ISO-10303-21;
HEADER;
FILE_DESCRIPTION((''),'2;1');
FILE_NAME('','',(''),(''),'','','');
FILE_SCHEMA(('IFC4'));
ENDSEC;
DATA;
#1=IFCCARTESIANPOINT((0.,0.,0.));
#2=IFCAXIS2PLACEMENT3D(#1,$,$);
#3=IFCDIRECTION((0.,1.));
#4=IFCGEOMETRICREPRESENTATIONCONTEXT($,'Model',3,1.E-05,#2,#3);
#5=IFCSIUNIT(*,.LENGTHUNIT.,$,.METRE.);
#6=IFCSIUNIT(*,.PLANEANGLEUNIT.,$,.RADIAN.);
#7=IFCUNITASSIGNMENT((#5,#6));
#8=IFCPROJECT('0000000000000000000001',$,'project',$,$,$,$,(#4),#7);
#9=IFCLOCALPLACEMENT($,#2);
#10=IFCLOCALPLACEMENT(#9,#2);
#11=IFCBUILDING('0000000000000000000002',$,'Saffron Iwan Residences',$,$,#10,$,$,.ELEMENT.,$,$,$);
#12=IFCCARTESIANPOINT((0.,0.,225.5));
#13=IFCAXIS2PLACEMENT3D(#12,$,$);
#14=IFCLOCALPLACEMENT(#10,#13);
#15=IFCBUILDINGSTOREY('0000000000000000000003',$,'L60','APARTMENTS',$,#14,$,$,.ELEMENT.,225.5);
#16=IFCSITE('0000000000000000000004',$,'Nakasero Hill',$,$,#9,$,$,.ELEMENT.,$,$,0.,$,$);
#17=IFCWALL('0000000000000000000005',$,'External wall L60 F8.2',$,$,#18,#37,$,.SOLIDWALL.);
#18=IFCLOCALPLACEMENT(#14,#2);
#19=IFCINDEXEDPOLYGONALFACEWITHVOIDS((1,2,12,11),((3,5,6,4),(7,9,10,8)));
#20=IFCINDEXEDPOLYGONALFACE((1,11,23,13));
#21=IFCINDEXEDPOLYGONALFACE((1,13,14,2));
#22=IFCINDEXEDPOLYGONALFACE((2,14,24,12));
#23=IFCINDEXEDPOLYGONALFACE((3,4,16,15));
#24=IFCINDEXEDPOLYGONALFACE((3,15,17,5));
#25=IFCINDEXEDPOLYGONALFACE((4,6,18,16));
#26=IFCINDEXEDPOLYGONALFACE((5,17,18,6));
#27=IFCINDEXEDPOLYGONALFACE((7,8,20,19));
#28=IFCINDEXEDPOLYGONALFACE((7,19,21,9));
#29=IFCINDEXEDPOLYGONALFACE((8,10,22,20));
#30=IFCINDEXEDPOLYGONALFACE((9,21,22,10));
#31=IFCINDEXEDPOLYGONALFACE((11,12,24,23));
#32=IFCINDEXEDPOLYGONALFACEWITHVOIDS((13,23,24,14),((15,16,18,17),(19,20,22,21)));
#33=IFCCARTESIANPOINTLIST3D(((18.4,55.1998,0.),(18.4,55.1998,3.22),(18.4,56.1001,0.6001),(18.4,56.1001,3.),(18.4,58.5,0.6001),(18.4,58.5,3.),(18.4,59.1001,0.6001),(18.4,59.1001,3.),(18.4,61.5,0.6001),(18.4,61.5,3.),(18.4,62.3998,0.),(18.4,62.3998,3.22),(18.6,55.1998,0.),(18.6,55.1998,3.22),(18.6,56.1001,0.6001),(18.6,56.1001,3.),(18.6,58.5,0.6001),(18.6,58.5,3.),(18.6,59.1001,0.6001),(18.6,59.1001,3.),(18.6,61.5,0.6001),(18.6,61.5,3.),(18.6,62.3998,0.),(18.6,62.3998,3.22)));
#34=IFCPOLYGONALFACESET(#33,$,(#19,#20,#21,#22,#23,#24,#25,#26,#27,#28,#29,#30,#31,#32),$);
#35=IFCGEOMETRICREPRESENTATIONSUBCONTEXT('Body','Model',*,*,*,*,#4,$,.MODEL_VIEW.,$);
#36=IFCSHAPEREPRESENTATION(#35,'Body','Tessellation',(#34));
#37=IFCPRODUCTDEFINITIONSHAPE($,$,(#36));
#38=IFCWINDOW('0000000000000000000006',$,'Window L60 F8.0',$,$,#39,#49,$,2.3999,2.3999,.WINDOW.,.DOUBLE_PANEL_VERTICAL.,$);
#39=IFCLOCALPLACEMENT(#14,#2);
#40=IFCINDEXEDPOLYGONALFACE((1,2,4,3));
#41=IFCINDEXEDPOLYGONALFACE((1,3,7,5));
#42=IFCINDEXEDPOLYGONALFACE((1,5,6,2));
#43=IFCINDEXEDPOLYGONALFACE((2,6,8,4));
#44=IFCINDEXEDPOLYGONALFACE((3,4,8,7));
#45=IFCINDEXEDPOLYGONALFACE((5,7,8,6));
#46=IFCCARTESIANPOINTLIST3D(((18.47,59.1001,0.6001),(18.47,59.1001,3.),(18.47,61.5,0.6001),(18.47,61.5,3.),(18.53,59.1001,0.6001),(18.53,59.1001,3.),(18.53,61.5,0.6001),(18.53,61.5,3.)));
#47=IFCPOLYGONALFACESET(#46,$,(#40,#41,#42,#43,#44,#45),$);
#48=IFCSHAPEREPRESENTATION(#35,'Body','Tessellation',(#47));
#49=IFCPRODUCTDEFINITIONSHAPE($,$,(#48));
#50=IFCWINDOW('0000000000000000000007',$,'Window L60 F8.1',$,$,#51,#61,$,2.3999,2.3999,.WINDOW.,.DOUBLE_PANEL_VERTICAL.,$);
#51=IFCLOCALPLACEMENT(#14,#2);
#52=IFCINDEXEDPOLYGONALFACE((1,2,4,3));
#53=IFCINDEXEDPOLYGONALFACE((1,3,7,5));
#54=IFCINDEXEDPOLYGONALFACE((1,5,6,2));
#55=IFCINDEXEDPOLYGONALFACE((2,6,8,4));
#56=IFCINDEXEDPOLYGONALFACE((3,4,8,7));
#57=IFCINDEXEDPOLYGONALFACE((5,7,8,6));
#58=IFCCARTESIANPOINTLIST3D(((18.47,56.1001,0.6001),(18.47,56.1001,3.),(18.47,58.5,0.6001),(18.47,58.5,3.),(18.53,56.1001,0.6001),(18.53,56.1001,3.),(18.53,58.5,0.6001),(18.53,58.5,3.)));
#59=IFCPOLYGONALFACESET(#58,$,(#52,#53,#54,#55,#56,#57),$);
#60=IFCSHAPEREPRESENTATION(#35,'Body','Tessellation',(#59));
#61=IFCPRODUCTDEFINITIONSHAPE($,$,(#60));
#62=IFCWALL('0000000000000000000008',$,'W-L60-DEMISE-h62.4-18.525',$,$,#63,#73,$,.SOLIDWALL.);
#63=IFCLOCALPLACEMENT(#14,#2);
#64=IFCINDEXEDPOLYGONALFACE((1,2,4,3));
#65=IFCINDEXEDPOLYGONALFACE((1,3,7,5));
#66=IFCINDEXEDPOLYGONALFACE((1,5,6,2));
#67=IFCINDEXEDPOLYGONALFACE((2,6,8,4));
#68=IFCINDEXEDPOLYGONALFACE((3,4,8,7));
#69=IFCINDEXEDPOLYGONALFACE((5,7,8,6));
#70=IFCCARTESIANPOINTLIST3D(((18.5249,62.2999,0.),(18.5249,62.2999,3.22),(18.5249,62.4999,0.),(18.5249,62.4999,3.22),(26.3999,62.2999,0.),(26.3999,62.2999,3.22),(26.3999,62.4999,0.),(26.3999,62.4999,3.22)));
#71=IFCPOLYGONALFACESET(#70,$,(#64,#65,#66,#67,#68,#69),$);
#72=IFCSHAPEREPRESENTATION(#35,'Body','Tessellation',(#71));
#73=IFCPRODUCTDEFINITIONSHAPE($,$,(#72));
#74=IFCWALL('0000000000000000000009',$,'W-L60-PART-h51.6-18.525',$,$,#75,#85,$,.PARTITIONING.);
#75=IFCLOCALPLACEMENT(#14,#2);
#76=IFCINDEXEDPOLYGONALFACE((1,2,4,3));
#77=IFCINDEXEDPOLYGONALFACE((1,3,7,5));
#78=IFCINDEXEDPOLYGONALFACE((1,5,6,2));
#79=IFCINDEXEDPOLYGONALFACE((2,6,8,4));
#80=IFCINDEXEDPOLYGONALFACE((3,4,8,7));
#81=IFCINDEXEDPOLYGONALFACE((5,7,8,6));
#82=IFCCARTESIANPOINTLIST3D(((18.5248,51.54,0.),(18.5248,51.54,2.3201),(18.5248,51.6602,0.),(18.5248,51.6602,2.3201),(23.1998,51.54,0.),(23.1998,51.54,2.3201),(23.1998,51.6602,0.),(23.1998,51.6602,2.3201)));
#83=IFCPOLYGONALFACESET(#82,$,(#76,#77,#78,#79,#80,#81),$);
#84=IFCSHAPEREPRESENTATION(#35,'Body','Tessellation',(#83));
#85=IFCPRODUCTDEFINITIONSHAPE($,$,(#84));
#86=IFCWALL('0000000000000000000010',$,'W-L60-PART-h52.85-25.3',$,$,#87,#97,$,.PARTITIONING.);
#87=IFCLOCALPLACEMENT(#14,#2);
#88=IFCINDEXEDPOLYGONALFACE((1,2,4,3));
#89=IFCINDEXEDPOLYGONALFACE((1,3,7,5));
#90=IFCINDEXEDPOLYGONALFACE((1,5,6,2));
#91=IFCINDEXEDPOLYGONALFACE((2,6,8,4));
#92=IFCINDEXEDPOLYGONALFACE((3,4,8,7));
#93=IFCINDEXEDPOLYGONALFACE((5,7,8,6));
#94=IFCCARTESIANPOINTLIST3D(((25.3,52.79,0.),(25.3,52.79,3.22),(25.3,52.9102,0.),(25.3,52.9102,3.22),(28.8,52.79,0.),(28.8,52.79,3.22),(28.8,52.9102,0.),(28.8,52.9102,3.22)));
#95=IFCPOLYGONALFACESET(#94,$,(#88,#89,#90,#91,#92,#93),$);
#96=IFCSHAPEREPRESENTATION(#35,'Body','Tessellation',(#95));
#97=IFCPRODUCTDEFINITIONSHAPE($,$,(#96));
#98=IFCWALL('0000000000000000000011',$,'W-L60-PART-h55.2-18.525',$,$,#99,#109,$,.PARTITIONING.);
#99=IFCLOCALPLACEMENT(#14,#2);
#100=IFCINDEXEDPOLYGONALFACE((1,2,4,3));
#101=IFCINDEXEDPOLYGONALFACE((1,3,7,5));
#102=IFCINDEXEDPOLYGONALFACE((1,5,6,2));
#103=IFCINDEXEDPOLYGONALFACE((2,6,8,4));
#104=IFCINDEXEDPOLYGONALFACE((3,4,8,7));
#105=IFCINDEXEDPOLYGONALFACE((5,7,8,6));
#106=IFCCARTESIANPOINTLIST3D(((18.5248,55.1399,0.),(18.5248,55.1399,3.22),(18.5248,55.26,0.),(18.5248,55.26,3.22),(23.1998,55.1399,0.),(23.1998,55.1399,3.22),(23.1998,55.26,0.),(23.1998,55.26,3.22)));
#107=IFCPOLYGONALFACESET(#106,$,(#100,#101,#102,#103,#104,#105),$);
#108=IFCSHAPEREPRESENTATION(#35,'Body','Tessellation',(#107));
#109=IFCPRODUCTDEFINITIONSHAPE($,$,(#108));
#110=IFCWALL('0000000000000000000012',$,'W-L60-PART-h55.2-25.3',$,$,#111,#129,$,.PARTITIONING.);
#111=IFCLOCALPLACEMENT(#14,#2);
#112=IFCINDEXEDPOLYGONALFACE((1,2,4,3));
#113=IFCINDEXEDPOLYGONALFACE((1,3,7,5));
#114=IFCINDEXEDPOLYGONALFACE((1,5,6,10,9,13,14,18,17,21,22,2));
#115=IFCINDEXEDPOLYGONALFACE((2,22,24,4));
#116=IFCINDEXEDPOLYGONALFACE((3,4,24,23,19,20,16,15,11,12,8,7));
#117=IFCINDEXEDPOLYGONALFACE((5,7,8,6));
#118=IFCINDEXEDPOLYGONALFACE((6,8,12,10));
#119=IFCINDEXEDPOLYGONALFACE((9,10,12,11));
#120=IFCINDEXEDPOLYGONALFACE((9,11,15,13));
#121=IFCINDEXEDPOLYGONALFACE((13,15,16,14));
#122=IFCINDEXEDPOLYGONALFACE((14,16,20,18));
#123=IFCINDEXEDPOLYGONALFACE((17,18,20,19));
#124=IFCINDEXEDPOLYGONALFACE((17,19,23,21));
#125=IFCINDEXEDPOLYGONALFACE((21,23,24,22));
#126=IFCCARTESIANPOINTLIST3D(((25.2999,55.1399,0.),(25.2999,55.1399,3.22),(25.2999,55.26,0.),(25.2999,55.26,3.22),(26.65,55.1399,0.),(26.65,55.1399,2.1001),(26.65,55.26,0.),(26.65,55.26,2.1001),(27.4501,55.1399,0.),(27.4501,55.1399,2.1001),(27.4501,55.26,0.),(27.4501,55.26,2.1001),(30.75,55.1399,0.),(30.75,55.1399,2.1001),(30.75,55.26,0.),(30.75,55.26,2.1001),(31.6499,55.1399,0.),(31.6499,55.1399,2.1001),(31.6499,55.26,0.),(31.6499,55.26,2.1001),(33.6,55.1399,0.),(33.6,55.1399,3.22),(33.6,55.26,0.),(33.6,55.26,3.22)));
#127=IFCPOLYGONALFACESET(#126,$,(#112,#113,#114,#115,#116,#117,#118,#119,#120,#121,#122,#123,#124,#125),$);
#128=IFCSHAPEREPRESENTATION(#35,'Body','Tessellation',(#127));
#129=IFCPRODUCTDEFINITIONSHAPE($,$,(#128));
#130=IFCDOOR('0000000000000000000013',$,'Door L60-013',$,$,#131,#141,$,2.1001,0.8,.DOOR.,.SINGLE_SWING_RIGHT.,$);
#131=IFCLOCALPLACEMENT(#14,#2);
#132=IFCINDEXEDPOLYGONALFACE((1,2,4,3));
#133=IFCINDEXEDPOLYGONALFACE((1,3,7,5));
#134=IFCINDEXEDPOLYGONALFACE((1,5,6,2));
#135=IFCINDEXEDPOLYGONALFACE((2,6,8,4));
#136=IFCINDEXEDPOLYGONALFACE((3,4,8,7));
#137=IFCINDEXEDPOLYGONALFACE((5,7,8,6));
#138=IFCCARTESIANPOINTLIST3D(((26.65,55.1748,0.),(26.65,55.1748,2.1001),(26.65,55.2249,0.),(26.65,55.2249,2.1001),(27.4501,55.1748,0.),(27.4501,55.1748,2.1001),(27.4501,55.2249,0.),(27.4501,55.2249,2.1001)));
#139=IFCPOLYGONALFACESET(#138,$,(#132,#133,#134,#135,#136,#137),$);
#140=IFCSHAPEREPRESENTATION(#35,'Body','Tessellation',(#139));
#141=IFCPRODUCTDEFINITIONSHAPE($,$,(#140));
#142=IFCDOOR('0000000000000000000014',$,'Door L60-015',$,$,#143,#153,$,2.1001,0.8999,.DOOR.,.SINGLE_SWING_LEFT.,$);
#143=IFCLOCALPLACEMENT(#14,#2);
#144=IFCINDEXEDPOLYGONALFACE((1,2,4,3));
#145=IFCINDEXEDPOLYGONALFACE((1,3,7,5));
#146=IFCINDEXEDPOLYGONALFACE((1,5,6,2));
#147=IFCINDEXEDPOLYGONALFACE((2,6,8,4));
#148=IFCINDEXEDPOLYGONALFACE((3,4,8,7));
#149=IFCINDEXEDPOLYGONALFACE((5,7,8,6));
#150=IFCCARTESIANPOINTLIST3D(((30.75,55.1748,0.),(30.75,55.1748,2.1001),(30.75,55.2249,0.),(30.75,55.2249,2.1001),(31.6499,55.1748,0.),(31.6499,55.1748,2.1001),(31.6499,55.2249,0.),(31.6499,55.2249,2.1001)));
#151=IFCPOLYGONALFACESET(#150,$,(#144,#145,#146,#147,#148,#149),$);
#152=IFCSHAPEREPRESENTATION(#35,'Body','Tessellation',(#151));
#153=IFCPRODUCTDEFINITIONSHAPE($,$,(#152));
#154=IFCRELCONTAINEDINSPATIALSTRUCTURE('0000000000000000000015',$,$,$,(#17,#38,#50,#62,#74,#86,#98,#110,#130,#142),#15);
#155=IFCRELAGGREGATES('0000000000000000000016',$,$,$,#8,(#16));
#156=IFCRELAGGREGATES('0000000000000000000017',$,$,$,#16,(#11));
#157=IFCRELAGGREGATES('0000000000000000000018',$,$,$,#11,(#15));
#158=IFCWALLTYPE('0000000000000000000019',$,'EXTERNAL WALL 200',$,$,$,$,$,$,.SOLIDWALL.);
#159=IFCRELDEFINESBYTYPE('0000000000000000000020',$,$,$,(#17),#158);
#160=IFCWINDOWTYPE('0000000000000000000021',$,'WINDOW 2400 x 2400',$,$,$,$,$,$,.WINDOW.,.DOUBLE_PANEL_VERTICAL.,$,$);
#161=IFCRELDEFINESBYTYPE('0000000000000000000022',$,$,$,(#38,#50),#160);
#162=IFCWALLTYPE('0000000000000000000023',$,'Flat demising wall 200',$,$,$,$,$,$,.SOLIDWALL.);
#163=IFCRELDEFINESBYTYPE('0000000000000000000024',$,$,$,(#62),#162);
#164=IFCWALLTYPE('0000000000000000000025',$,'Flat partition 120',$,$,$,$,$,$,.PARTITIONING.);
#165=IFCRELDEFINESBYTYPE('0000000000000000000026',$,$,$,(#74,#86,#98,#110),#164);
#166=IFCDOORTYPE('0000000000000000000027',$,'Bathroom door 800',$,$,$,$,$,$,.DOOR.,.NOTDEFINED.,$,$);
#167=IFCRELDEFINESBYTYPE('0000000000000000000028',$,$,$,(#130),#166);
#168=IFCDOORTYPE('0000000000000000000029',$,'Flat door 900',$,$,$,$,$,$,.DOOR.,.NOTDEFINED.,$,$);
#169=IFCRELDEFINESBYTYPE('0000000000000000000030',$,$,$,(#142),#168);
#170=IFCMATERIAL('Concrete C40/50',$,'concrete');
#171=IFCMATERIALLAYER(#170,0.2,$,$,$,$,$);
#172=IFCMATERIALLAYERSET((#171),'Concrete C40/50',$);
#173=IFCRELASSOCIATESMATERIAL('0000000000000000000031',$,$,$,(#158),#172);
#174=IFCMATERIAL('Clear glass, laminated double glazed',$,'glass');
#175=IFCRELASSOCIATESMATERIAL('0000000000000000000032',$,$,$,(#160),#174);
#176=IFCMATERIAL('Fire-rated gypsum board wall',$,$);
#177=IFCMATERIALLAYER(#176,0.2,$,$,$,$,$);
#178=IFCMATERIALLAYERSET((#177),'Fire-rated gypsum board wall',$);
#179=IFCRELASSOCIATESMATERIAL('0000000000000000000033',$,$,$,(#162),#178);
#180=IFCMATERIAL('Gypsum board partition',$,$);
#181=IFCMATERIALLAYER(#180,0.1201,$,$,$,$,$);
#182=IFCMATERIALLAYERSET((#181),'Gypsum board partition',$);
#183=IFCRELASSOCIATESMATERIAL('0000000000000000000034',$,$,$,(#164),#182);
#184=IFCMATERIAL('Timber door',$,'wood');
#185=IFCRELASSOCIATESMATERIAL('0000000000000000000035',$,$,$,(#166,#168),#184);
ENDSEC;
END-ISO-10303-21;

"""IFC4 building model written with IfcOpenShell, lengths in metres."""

from ifc_helpers import new_model, si_unit, direction, frame, frame_2d, origin, place, context, subcontext, project, spatial, rectangle, extrude, material, layer, layer_set, type_object, element, fill, save


model = new_model("IFC4")

# Units and contexts
model_context = context("Model", 3, precision=1e-05, world=origin(), true_north=direction((0.0, 1.0)))
body_context = subcontext(model_context, "Body", "Model", "MODEL_VIEW")
ifc_project = project(units=[si_unit("LENGTHUNIT", "METRE"), si_unit("PLANEANGLEUNIT", "RADIAN")], contexts=[model_context])

# Site, building, storey
site_placement = place(None, origin())
site = spatial("IfcSite", under=ifc_project, at=site_placement, Name="Nakasero Hill", CompositionType="ELEMENT", RefElevation=0.0)
building_placement = place(site_placement, origin())
building = spatial("IfcBuilding", under=site, at=building_placement, Name="Saffron Iwan Residences", CompositionType="ELEMENT")
storey_placement = place(building_placement, frame((0.0, 0.0, 225.5)))
storey = spatial("IfcBuildingStorey", under=building, at=storey_placement, Name="L60", Description="APARTMENTS", CompositionType="ELEMENT", Elevation=225.5)

# Shared definitions
ifc_material_1 = material(Name="Concrete C40/50", Category="concrete")

# Wall, openings, windows
ifc_layer_1 = layer(ifc_material_1, 0.2)
ifc_layer_set_1 = layer_set([ifc_layer_1], Name="Concrete C40/50")
wall_type_1 = type_object("IfcWallType", Name="EXTERNAL WALL 200", PredefinedType="SOLIDWALL", material=ifc_layer_set_1)
wall_1_placement = place(storey_placement, frame((18.5, 62.3999, 0.0), z_axis=(0.0, 0.0, 1.0), x_axis=(0.0, -1.0, 0.0)))
wall_1 = element("IfcWall", 1, at=wall_1_placement, inside=storey, type_object=wall_type_1, Name="External wall L60 F8.2", PredefinedType="SOLIDWALL", context=body_context, shape_type="SweptSolid", body=[
    extrude(rectangle(XDim=7.2, YDim=0.2, at=frame_2d((3.6001, 0.0))), origin(), (0.0, 0.0, 1.0), 3.22),
])
opening_1_placement = place(wall_1_placement, frame((0.8999, 0.0, 0.6001)))
opening_1 = element("IfcOpeningElement", 2, at=opening_1_placement, cuts=wall_1, PredefinedType="OPENING", context=body_context, shape_type="SweptSolid", body=[
    extrude(rectangle(XDim=2.3999, YDim=2.3999, at=frame_2d((1.2, 1.2))), frame((0.0, 0.1099, 0.0), z_axis=(0.0, -1.0, 0.0), x_axis=(1.0, 0.0, 0.0)), (0.0, 0.0, 1.0), 0.22),
])
opening_2_placement = place(wall_1_placement, frame((3.8999, 0.0, 0.6001)))
opening_2 = element("IfcOpeningElement", 3, at=opening_2_placement, cuts=wall_1, PredefinedType="OPENING", context=body_context, shape_type="SweptSolid", body=[
    extrude(rectangle(XDim=2.3999, YDim=2.3999, at=frame_2d((1.2, 1.2))), frame((0.0, 0.1099, 0.0), z_axis=(0.0, -1.0, 0.0), x_axis=(1.0, 0.0, 0.0)), (0.0, 0.0, 1.0), 0.22),
])
ifc_material_2 = material(Name="Clear glass, laminated double glazed", Category="glass")
window_type_1 = type_object("IfcWindowType", Name="WINDOW 2400 x 2400", PartitioningType="DOUBLE_PANEL_VERTICAL", PredefinedType="WINDOW", material=ifc_material_2)
window_1_placement = place(opening_1_placement, origin())
window_1 = element("IfcWindow", 4, at=window_1_placement, inside=storey, type_object=window_type_1, Name="Window L60 F8.0", OverallHeight=2.3999, OverallWidth=2.3999, PartitioningType="DOUBLE_PANEL_VERTICAL", PredefinedType="WINDOW", context=body_context, shape_type="SweptSolid", body=[
    extrude(rectangle(XDim=2.3999, YDim=2.3999, at=frame_2d((1.2, 1.2))), frame((0.0, 0.03, 0.0), z_axis=(0.0, -1.0, 0.0), x_axis=(1.0, 0.0, 0.0)), (0.0, 0.0, 1.0), 0.0601),
])
fill(opening_1, window_1)
window_2_placement = place(opening_2_placement, origin())
window_2 = element("IfcWindow", 5, at=window_2_placement, inside=storey, type_object=window_type_1, Name="Window L60 F8.1", OverallHeight=2.3999, OverallWidth=2.3999, PartitioningType="DOUBLE_PANEL_VERTICAL", PredefinedType="WINDOW", context=body_context, shape_type="SweptSolid", body=[
    extrude(rectangle(XDim=2.3999, YDim=2.3999, at=frame_2d((1.2, 1.2))), frame((0.0, 0.03, 0.0), z_axis=(0.0, -1.0, 0.0), x_axis=(1.0, 0.0, 0.0)), (0.0, 0.0, 1.0), 0.0601),
])
fill(opening_2, window_2)

# Walls
ifc_material_3 = material(Name="Fire-rated gypsum board wall")
ifc_layer_2 = layer(ifc_material_3, 0.2)
ifc_layer_set_2 = layer_set([ifc_layer_2], Name="Fire-rated gypsum board wall")
wall_type_2 = type_object("IfcWallType", Name="Flat demising wall 200", PredefinedType="SOLIDWALL", material=ifc_layer_set_2)
wall_2_placement = place(storey_placement, frame((18.5249, 62.3999, 0.0), z_axis=(0.0, 0.0, 1.0), x_axis=(1.0, 0.0, 0.0)))
element("IfcWall", 6, at=wall_2_placement, inside=storey, type_object=wall_type_2, Name="W-L60-DEMISE-h62.4-18.525", PredefinedType="SOLIDWALL", context=body_context, shape_type="SweptSolid", body=[
    extrude(rectangle(XDim=7.875, YDim=0.2, at=frame_2d((3.9375, 0.0))), origin(), (0.0, 0.0, 1.0), 3.22),
])
ifc_material_4 = material(Name="Gypsum board partition")
ifc_layer_3 = layer(ifc_material_4, 0.1201)
ifc_layer_set_3 = layer_set([ifc_layer_3], Name="Gypsum board partition")
wall_type_3 = type_object("IfcWallType", Name="Flat partition 120", PredefinedType="PARTITIONING", material=ifc_layer_set_3)
wall_3_placement = place(storey_placement, frame((18.5249, 51.6001, 0.0), z_axis=(0.0, 0.0, 1.0), x_axis=(1.0, 0.0, 0.0)))
element("IfcWall", 7, at=wall_3_placement, inside=storey, type_object=wall_type_3, Name="W-L60-PART-h51.6-18.525", PredefinedType="PARTITIONING", context=body_context, shape_type="SweptSolid", body=[
    extrude(rectangle(XDim=4.675, YDim=0.1201, at=frame_2d((2.3374, 0.0))), origin(), (0.0, 0.0, 1.0), 2.3201),
])
wall_4_placement = place(storey_placement, frame((25.3, 52.8501, 0.0), z_axis=(0.0, 0.0, 1.0), x_axis=(1.0, 0.0, 0.0)))
element("IfcWall", 8, at=wall_4_placement, inside=storey, type_object=wall_type_3, Name="W-L60-PART-h52.85-25.3", PredefinedType="PARTITIONING", context=body_context, shape_type="SweptSolid", body=[
    extrude(rectangle(XDim=3.5, YDim=0.1201, at=frame_2d((1.75, 0.0))), origin(), (0.0, 0.0, 1.0), 3.22),
])
wall_5_placement = place(storey_placement, frame((18.5249, 55.2, 0.0), z_axis=(0.0, 0.0, 1.0), x_axis=(1.0, 0.0, 0.0)))
element("IfcWall", 9, at=wall_5_placement, inside=storey, type_object=wall_type_3, Name="W-L60-PART-h55.2-18.525", PredefinedType="PARTITIONING", context=body_context, shape_type="SweptSolid", body=[
    extrude(rectangle(XDim=4.675, YDim=0.1201, at=frame_2d((2.3374, 0.0))), origin(), (0.0, 0.0, 1.0), 3.22),
])

# Wall, openings, doors
wall_6_placement = place(storey_placement, frame((25.3, 55.2, 0.0), z_axis=(0.0, 0.0, 1.0), x_axis=(1.0, 0.0, 0.0)))
wall_6 = element("IfcWall", 10, at=wall_6_placement, inside=storey, type_object=wall_type_3, Name="W-L60-PART-h55.2-25.3", PredefinedType="PARTITIONING", context=body_context, shape_type="SweptSolid", body=[
    extrude(rectangle(XDim=8.3, YDim=0.1201, at=frame_2d((4.1499, 0.0))), origin(), (0.0, 0.0, 1.0), 3.22),
])
opening_3_placement = place(wall_6_placement, frame((1.3501, 0.0, 0.0)))
opening_3 = element("IfcOpeningElement", 11, at=opening_3_placement, cuts=wall_6, PredefinedType="OPENING", context=body_context, shape_type="SweptSolid", body=[
    extrude(rectangle(XDim=0.8, YDim=2.1001, at=frame_2d((0.3999, 1.05))), frame((0.0, 0.0701, 0.0), z_axis=(0.0, -1.0, 0.0), x_axis=(1.0, 0.0, 0.0)), (0.0, 0.0, 1.0), 0.1401),
])
opening_4_placement = place(wall_6_placement, frame((5.45, 0.0, 0.0)))
opening_4 = element("IfcOpeningElement", 12, at=opening_4_placement, cuts=wall_6, PredefinedType="OPENING", context=body_context, shape_type="SweptSolid", body=[
    extrude(rectangle(XDim=0.8999, YDim=2.1001, at=frame_2d((0.45, 1.05))), frame((0.0, 0.0701, 0.0), z_axis=(0.0, -1.0, 0.0), x_axis=(1.0, 0.0, 0.0)), (0.0, 0.0, 1.0), 0.1401),
])
ifc_material_5 = material(Name="Timber door", Category="wood")
door_type_1 = type_object("IfcDoorType", Name="Bathroom door 800", OperationType="NOTDEFINED", PredefinedType="DOOR", material=ifc_material_5)
door_1_placement = place(opening_3_placement, origin())
door_1 = element("IfcDoor", 13, at=door_1_placement, inside=storey, type_object=door_type_1, Name="Door L60-013", OperationType="SINGLE_SWING_RIGHT", OverallHeight=2.1001, OverallWidth=0.8, PredefinedType="DOOR", context=body_context, shape_type="SweptSolid", body=[
    extrude(rectangle(XDim=0.8, YDim=2.1001, at=frame_2d((0.3999, 1.05))), frame((0.0, 0.0249, 0.0), z_axis=(0.0, -1.0, 0.0), x_axis=(1.0, 0.0, 0.0)), (0.0, 0.0, 1.0), 0.05),
])
fill(opening_3, door_1)
door_type_2 = type_object("IfcDoorType", Name="Flat door 900", OperationType="NOTDEFINED", PredefinedType="DOOR", material=ifc_material_5)
door_2_placement = place(opening_4_placement, origin())
door_2 = element("IfcDoor", 14, at=door_2_placement, inside=storey, type_object=door_type_2, Name="Door L60-015", OperationType="SINGLE_SWING_LEFT", OverallHeight=2.1001, OverallWidth=0.8999, PredefinedType="DOOR", context=body_context, shape_type="SweptSolid", body=[
    extrude(rectangle(XDim=0.8999, YDim=2.1001, at=frame_2d((0.45, 1.05))), frame((0.0, 0.0249, 0.0), z_axis=(0.0, -1.0, 0.0), x_axis=(1.0, 0.0, 0.0)), (0.0, 0.0, 1.0), 0.05),
])
fill(opening_4, door_2)

save(model, "model.ifc")
